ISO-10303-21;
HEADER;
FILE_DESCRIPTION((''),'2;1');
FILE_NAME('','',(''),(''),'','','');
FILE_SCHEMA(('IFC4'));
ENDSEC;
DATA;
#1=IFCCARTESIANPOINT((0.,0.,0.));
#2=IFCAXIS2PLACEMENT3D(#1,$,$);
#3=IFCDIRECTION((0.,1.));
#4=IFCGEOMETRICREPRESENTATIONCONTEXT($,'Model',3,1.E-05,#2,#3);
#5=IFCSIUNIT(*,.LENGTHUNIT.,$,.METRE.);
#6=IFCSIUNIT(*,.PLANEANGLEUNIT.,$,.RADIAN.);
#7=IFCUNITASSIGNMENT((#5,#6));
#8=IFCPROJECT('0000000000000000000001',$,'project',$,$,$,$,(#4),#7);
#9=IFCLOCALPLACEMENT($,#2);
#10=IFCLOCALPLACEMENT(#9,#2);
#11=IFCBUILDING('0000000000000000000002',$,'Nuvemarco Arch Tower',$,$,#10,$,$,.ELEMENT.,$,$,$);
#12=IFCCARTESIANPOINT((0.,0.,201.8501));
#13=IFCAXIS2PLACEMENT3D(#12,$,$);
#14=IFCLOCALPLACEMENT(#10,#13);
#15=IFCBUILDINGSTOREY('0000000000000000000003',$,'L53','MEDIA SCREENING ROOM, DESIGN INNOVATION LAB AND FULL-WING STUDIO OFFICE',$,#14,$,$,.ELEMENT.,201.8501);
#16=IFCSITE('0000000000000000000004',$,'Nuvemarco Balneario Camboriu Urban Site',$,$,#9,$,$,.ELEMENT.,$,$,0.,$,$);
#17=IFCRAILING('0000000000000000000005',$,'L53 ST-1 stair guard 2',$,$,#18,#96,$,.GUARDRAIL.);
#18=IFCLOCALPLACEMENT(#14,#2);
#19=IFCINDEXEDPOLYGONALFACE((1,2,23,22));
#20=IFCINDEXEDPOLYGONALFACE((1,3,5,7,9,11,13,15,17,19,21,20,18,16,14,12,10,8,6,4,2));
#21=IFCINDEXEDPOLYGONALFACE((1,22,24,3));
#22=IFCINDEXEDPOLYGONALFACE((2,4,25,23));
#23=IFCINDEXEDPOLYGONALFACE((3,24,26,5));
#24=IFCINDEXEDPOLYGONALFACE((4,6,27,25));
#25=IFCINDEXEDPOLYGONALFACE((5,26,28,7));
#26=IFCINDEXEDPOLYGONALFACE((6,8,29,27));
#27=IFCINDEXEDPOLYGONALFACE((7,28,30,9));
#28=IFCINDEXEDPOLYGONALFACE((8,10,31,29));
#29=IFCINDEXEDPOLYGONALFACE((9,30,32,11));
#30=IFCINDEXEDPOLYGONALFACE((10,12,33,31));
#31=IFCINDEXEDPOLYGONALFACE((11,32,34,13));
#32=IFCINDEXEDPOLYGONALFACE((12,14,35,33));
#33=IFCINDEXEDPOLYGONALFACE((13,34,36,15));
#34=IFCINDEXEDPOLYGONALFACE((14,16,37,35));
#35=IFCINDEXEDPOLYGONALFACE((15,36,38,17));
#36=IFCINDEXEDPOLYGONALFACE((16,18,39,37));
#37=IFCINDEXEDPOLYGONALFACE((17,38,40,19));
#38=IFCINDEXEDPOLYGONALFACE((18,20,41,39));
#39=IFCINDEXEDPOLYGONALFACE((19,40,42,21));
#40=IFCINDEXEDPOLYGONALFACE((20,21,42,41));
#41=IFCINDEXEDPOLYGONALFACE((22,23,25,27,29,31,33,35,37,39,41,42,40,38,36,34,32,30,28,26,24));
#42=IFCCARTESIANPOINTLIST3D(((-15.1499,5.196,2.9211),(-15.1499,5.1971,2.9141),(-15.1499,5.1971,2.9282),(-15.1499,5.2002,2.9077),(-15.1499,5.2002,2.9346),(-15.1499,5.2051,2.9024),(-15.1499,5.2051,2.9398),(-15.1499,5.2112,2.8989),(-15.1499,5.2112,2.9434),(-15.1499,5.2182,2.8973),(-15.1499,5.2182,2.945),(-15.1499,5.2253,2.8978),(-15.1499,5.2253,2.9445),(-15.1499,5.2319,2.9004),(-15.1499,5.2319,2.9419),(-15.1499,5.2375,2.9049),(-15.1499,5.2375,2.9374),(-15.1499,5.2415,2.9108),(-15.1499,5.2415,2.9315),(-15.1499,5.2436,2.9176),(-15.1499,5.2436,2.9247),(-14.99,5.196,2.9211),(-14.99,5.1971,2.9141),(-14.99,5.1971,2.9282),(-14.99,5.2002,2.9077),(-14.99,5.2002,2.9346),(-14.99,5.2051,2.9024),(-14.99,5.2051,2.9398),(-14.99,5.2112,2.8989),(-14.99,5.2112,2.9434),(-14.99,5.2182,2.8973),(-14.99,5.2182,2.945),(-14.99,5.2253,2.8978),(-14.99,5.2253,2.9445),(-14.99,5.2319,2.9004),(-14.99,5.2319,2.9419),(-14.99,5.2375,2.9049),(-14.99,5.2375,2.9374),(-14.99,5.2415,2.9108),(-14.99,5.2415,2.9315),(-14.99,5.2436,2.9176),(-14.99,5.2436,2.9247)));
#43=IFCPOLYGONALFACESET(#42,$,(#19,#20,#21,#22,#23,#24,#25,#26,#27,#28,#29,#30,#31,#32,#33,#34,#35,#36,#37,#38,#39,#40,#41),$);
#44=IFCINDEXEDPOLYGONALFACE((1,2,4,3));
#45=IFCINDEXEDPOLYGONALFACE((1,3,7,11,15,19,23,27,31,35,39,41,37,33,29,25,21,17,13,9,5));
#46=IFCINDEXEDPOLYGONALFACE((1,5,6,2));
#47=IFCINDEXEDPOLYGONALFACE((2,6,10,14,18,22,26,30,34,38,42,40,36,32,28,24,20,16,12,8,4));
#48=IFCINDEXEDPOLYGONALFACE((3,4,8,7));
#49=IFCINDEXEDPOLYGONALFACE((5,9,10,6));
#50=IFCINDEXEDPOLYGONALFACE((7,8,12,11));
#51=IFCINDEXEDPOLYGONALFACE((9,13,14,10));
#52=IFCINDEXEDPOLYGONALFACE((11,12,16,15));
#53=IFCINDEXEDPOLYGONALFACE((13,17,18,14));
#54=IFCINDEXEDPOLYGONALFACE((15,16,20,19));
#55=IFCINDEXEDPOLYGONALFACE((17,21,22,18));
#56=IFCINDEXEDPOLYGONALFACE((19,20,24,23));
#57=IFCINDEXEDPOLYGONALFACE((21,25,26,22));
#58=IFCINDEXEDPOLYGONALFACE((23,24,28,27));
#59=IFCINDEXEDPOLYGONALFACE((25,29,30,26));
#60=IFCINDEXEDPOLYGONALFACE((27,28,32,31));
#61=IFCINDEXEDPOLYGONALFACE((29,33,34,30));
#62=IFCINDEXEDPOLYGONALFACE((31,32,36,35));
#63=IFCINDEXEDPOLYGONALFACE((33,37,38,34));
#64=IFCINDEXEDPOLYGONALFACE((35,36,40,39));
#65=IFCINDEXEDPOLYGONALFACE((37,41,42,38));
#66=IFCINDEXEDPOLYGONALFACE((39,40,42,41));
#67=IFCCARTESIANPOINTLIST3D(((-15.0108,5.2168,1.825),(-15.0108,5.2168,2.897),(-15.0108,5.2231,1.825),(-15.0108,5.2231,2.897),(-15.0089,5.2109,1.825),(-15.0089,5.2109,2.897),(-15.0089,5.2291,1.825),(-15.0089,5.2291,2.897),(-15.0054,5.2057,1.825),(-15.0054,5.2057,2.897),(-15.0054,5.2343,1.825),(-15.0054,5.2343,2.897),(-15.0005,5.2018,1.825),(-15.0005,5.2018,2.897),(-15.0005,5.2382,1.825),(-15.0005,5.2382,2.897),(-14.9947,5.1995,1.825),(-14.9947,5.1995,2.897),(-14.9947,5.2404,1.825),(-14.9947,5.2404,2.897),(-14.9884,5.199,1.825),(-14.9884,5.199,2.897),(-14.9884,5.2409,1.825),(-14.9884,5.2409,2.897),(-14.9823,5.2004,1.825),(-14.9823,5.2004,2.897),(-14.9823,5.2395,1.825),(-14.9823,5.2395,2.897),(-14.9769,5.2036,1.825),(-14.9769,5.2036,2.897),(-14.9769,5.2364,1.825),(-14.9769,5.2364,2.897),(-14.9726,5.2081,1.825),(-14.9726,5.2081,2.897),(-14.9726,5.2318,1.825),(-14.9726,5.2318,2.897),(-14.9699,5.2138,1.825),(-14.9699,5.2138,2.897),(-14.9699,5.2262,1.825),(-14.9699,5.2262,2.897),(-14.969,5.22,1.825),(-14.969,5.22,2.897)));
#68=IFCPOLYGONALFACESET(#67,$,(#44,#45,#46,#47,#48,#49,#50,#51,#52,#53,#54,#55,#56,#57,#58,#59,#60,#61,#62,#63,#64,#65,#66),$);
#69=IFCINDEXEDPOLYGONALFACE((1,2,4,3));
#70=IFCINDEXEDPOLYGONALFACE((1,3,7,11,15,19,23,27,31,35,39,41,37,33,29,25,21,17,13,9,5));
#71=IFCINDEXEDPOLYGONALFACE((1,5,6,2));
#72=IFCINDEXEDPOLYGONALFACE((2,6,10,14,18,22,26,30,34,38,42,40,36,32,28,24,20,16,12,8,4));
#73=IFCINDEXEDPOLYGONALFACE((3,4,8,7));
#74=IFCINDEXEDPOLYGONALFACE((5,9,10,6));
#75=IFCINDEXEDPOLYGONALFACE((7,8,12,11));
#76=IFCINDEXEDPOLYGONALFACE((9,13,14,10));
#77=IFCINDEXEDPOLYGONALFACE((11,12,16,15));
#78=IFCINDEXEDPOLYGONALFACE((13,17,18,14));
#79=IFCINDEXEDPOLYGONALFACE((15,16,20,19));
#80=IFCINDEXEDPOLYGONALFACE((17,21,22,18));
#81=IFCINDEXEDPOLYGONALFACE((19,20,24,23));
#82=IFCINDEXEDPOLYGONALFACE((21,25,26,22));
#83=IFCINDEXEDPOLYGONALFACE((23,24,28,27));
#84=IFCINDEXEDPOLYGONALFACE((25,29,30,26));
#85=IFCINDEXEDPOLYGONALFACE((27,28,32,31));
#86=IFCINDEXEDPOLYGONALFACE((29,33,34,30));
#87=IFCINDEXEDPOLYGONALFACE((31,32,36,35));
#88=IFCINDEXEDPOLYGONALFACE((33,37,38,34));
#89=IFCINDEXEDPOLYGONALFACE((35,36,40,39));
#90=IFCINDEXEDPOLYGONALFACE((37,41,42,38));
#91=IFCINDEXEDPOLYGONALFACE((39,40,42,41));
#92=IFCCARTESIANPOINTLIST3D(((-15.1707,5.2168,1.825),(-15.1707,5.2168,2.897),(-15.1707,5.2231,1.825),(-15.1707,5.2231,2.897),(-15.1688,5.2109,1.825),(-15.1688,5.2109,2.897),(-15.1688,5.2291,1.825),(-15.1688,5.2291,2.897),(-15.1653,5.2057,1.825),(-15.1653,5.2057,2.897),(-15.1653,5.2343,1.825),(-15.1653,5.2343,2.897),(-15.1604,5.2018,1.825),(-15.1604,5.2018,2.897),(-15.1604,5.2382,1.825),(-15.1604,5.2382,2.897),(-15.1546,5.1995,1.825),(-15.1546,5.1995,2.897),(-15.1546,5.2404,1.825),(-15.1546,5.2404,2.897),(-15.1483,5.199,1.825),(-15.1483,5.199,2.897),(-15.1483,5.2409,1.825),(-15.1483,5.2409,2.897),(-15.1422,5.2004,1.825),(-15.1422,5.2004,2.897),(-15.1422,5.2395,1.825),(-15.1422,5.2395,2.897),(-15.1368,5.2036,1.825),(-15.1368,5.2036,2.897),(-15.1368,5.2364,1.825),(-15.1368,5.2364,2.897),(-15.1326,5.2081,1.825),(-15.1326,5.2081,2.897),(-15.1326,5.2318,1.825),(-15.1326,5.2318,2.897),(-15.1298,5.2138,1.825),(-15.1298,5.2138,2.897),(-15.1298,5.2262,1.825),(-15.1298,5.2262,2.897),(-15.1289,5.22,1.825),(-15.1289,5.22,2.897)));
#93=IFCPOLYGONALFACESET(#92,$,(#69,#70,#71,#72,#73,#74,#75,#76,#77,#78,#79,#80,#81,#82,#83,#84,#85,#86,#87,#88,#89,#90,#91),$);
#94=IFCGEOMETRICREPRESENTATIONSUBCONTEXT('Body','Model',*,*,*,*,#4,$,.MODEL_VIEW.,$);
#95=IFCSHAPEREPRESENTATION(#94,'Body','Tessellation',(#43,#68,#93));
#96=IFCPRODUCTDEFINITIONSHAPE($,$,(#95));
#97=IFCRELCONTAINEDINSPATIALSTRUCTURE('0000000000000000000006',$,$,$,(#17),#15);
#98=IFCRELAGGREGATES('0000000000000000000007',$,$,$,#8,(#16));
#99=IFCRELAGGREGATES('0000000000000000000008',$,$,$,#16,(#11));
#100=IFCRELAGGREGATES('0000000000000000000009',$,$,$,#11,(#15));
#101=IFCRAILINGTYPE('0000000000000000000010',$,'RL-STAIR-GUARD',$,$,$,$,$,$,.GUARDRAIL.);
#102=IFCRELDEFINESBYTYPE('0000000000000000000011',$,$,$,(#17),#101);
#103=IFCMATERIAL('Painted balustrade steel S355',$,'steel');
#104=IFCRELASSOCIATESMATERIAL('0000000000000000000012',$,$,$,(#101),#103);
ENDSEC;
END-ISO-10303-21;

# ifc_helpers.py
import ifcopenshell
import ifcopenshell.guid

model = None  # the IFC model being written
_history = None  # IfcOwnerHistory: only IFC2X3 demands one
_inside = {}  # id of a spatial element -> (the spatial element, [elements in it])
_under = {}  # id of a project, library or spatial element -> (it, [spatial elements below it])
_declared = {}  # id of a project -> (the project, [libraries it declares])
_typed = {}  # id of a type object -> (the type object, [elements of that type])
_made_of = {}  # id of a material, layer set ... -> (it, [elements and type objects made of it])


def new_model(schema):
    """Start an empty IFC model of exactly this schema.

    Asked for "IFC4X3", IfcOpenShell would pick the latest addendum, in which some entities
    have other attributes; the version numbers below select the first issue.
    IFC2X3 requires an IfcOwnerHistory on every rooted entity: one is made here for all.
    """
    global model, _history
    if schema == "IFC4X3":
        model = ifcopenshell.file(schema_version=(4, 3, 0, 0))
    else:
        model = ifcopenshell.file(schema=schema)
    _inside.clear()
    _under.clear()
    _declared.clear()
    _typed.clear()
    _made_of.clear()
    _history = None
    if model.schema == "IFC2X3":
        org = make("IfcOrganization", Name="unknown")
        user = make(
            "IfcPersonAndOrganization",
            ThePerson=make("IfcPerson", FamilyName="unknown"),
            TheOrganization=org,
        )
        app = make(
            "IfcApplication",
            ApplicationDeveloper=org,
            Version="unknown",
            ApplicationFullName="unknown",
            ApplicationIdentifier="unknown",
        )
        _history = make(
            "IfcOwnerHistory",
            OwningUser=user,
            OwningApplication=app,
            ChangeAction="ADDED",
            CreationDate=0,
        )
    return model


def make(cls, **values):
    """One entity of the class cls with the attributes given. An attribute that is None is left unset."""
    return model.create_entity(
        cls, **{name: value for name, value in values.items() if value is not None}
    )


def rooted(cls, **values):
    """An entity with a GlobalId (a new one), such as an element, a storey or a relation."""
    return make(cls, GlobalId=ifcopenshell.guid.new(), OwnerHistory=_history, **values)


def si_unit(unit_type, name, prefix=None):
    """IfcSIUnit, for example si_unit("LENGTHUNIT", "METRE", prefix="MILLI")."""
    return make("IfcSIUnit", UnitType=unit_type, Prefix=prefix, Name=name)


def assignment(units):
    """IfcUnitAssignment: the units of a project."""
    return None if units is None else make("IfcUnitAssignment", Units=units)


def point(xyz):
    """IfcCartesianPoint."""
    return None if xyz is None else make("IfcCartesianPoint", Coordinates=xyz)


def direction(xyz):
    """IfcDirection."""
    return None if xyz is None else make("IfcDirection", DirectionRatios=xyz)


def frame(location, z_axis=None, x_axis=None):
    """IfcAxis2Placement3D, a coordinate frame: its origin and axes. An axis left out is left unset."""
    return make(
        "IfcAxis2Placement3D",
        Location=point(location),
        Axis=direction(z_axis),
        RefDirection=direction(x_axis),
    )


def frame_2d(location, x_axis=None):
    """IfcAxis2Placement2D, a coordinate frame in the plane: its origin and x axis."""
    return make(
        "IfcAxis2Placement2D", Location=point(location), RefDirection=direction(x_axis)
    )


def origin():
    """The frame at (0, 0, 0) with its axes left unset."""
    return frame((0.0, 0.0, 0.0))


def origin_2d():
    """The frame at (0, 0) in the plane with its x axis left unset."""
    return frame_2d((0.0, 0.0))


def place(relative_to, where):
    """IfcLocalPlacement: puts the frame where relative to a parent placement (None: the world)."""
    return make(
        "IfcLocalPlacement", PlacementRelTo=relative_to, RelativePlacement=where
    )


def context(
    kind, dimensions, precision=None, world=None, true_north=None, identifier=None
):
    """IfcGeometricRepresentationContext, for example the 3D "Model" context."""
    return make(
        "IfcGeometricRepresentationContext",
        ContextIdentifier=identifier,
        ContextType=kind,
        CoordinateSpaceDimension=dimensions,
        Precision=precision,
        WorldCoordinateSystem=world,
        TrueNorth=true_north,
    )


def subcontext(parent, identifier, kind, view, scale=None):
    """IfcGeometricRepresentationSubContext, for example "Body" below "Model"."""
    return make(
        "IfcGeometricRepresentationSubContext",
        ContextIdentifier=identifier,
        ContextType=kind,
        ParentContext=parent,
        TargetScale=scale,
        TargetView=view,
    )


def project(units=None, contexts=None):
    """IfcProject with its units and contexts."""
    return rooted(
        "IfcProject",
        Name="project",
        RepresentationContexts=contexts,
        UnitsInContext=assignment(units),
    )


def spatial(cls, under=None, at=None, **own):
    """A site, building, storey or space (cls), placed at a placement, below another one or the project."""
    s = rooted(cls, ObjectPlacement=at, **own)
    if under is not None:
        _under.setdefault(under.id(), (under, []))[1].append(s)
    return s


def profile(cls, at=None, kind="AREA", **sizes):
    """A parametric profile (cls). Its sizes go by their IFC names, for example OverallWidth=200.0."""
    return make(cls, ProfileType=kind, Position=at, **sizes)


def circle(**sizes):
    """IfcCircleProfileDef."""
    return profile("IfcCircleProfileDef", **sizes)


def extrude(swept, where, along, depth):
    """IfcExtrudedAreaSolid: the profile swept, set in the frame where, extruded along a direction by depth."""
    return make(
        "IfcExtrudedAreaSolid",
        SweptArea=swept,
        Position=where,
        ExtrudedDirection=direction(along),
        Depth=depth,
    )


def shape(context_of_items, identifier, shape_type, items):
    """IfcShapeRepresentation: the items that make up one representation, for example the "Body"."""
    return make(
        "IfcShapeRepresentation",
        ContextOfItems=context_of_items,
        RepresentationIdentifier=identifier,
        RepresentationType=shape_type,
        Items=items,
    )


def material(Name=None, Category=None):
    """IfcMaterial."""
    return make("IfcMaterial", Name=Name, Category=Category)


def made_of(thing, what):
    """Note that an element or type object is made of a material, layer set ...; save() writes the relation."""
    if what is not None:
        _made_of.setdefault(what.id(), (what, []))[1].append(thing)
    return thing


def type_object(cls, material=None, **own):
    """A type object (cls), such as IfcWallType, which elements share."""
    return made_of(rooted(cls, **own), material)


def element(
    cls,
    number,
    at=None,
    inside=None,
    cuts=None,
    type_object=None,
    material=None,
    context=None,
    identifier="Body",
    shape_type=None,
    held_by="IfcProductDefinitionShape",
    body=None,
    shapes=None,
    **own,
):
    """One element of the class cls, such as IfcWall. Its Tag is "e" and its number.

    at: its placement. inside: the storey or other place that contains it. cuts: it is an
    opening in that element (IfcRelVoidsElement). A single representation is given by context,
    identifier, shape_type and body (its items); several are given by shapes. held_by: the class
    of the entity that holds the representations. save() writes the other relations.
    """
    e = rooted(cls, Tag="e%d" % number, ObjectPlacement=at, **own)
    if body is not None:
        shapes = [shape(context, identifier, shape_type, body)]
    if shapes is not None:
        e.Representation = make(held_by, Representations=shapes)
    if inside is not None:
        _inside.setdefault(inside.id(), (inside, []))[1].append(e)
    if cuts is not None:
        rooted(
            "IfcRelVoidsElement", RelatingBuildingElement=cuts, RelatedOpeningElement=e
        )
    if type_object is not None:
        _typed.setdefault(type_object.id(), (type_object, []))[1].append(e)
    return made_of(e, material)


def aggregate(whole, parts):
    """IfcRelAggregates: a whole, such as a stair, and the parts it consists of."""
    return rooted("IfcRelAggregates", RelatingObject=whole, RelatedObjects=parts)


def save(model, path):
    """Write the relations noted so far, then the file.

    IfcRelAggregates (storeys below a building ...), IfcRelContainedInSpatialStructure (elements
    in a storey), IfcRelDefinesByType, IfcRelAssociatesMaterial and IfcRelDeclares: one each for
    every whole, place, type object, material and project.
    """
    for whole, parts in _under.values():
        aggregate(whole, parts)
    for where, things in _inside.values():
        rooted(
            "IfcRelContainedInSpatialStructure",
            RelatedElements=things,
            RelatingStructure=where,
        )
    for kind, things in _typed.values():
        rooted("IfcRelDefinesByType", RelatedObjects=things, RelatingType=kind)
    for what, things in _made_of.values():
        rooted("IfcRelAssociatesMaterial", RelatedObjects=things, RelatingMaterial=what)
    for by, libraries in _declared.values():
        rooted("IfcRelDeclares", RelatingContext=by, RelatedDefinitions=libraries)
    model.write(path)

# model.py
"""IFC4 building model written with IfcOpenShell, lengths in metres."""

from ifc_helpers import new_model, si_unit, direction, frame, origin, origin_2d, place, context, subcontext, project, spatial, circle, extrude, material, type_object, element, save


model = new_model("IFC4")

# Units and contexts
model_context = context("Model", 3, precision=1e-05, world=origin(), true_north=direction((0.0, 1.0)))
body_context = subcontext(model_context, "Body", "Model", "MODEL_VIEW")
ifc_project = project(units=[si_unit("LENGTHUNIT", "METRE"), si_unit("PLANEANGLEUNIT", "RADIAN")], contexts=[model_context])

# Site, building, storey
site_placement = place(None, origin())
site = spatial("IfcSite", under=ifc_project, at=site_placement, Name="Nuvemarco Balneario Camboriu Urban Site", CompositionType="ELEMENT", RefElevation=0.0)
building_placement = place(site_placement, origin())
building = spatial("IfcBuilding", under=site, at=building_placement, Name="Nuvemarco Arch Tower", CompositionType="ELEMENT")
storey_placement = place(building_placement, frame((0.0, 0.0, 201.8501)))
storey = spatial("IfcBuildingStorey", under=building, at=storey_placement, Name="L53", Description="MEDIA SCREENING ROOM, DESIGN INNOVATION LAB AND FULL-WING STUDIO OFFICE", CompositionType="ELEMENT", Elevation=201.8501)

# Railing
ifc_material_1 = material(Name="Painted balustrade steel S355", Category="steel")
railing_type_1 = type_object("IfcRailingType", Name="RL-STAIR-GUARD", PredefinedType="GUARDRAIL", material=ifc_material_1)
railing_1_placement = place(storey_placement, frame((-14.99, 5.22, 1.825)))
element("IfcRailing", 1, at=railing_1_placement, inside=storey, type_object=railing_type_1, Name="L53 ST-1 stair guard 2", PredefinedType="GUARDRAIL", context=body_context, shape_type="SweptSolid", body=[
    extrude(circle(Radius=0.0239, at=origin_2d()), frame((0.0, 0.0, 1.0962), z_axis=(-1.0, 0.0, 0.0), x_axis=(0.0, -1.0, 0.0)), (0.0, 0.0, 1.0), 0.1599),
    extrude(circle(Radius=0.021, at=origin_2d()), origin(), (0.0, 0.0, 1.0), 1.072),
    extrude(circle(Radius=0.021, at=origin_2d()), frame((-0.1599, 0.0, 0.0)), (0.0, 0.0, 1.0), 1.072),
])

save(model, "model.ifc")
